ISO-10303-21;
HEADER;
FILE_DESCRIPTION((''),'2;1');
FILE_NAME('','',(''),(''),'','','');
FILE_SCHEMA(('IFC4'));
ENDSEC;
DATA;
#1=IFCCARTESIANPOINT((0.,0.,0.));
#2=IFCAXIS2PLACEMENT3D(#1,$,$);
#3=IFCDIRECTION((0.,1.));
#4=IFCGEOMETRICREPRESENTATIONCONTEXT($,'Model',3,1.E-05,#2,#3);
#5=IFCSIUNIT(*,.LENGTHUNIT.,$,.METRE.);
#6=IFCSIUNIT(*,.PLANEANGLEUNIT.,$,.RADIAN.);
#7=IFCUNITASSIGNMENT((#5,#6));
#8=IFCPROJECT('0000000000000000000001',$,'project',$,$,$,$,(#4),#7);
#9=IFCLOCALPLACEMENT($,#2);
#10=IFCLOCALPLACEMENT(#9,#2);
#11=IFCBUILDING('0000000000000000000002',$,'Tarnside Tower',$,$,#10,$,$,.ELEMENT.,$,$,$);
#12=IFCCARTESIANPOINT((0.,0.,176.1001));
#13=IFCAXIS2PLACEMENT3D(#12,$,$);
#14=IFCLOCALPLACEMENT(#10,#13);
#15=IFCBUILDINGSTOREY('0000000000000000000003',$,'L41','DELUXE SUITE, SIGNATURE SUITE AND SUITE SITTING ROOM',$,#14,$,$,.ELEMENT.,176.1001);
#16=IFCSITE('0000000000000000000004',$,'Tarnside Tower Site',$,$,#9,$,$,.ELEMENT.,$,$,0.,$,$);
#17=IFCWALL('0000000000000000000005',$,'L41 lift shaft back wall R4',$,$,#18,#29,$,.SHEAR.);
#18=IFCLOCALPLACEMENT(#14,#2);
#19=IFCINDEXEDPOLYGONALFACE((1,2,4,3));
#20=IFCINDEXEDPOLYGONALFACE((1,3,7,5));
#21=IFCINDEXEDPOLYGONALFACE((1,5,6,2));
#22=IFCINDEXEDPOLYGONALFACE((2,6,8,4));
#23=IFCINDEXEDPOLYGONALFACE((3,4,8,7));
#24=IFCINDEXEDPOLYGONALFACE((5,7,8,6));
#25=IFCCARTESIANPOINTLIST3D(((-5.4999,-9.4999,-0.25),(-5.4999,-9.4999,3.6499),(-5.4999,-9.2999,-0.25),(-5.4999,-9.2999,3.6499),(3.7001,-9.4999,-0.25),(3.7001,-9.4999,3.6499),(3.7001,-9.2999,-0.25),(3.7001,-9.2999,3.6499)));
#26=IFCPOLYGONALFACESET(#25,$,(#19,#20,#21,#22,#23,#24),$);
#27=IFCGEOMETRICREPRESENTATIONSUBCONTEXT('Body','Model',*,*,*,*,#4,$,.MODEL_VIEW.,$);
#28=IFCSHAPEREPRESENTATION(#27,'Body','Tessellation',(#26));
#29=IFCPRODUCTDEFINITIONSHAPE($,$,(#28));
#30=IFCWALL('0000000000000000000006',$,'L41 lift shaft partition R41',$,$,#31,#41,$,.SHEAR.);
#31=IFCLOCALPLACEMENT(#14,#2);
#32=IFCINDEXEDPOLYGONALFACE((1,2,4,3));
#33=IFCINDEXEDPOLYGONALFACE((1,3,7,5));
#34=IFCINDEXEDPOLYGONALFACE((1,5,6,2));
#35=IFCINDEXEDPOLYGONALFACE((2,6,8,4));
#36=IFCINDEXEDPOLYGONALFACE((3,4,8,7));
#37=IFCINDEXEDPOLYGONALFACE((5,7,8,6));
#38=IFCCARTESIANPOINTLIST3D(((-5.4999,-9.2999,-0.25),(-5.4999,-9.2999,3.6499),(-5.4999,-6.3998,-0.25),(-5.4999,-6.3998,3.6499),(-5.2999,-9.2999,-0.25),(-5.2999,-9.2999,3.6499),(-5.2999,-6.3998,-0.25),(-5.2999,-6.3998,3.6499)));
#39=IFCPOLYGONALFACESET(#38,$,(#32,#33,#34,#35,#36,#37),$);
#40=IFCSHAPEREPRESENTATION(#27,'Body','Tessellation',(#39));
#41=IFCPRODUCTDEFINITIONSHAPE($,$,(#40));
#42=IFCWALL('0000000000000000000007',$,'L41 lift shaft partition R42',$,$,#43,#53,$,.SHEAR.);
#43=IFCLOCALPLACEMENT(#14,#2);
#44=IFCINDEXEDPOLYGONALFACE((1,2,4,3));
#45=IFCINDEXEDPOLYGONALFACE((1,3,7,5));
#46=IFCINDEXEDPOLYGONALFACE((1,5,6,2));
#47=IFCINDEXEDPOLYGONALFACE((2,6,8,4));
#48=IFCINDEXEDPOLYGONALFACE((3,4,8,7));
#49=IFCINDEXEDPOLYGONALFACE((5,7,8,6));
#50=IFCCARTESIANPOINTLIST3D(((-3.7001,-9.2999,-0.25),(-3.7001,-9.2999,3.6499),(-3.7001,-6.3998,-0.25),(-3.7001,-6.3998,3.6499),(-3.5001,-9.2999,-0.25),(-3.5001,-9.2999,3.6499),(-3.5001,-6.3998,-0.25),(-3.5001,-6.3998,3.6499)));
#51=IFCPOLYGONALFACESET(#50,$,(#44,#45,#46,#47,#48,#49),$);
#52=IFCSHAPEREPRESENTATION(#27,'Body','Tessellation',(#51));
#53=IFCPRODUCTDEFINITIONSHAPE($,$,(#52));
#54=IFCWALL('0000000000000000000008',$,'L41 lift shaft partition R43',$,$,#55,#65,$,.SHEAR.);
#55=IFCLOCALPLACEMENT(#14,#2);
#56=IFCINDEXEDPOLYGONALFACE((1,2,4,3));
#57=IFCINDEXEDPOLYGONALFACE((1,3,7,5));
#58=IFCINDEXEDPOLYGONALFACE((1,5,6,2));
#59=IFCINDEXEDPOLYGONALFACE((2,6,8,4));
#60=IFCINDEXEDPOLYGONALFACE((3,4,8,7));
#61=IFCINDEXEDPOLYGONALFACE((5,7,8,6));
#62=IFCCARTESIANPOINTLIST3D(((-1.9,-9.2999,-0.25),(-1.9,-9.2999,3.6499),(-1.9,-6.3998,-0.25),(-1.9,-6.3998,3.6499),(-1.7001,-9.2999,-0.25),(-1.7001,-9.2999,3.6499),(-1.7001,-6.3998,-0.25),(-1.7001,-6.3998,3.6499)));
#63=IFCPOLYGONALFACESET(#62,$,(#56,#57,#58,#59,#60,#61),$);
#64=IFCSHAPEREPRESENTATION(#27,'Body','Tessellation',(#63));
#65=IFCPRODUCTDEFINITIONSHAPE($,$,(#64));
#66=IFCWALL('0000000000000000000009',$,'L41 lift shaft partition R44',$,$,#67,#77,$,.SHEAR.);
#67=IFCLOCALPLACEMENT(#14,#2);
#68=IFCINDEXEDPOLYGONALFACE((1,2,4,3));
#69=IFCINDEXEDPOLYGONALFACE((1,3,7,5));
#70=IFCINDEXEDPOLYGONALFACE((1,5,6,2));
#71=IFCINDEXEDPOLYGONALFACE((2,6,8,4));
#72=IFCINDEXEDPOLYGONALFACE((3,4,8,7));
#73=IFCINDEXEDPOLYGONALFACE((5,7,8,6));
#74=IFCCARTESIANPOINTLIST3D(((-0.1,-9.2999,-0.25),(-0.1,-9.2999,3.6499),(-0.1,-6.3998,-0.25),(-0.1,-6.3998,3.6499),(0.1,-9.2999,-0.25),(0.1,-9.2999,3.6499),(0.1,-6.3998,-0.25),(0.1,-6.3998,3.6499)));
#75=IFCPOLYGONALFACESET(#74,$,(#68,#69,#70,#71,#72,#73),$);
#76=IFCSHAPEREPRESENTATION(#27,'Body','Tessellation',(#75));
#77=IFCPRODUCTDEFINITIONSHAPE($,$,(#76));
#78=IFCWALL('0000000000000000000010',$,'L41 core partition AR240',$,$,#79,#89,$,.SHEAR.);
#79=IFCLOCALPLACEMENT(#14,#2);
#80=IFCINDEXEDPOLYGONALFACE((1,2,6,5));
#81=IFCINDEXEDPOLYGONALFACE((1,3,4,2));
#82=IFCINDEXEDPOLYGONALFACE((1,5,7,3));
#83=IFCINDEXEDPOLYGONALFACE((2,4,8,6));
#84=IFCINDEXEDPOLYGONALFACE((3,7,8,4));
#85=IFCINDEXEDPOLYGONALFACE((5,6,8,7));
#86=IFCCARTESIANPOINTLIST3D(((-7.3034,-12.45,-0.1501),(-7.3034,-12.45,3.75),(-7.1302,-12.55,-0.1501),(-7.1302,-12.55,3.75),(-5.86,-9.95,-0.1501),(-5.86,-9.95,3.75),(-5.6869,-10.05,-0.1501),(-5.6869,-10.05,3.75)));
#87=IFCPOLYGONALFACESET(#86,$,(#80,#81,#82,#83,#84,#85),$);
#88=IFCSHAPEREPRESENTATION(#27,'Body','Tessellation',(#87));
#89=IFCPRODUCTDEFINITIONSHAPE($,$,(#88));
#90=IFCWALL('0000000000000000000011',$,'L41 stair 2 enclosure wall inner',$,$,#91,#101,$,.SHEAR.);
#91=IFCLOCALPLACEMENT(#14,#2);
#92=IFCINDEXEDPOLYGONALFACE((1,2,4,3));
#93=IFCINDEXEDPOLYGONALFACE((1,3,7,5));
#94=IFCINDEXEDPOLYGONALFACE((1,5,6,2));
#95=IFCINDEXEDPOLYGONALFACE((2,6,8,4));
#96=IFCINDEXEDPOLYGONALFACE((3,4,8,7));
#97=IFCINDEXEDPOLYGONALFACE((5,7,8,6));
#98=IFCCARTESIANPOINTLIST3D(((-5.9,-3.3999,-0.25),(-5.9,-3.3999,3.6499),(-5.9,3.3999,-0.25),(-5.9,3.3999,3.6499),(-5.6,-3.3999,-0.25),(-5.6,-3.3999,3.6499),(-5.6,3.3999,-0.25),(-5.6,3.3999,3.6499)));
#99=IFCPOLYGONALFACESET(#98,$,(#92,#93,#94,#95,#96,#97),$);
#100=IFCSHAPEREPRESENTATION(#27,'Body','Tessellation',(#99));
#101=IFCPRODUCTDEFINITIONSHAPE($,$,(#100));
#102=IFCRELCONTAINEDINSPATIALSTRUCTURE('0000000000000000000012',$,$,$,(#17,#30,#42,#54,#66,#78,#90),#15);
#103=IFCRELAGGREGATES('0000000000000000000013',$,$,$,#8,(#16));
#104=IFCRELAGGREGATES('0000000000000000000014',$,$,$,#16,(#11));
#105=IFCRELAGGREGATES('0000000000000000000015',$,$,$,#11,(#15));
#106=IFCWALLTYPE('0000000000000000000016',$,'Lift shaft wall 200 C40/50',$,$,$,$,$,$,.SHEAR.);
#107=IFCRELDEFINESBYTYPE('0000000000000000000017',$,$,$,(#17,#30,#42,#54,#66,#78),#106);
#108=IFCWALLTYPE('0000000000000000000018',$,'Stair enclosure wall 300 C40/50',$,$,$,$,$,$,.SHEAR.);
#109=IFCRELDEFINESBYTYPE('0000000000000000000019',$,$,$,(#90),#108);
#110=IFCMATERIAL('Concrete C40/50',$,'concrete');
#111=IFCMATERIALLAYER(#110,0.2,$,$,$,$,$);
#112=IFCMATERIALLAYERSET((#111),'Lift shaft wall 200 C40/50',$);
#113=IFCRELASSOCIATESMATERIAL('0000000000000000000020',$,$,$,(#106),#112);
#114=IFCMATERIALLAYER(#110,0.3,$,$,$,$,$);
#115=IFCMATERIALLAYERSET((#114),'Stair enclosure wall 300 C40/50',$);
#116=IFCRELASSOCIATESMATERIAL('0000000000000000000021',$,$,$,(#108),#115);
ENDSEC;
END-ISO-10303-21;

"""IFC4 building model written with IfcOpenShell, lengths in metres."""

from ifc_helpers import new_model, si_unit, direction, frame, frame_2d, origin, place, context, subcontext, project, spatial, rectangle, extrude, material, layer, layer_set, type_object, element, save


model = new_model("IFC4")

# Units and contexts
model_context = context("Model", 3, precision=1e-05, world=origin(), true_north=direction((0.0, 1.0)))
body_context = subcontext(model_context, "Body", "Model", "MODEL_VIEW")
ifc_project = project(units=[si_unit("LENGTHUNIT", "METRE"), si_unit("PLANEANGLEUNIT", "RADIAN")], contexts=[model_context])

# Site, building, storey
site_placement = place(None, origin())
site = spatial("IfcSite", under=ifc_project, at=site_placement, Name="Tarnside Tower Site", CompositionType="ELEMENT", RefElevation=0.0)
building_placement = place(site_placement, origin())
building = spatial("IfcBuilding", under=site, at=building_placement, Name="Tarnside Tower", CompositionType="ELEMENT")
storey_placement = place(building_placement, frame((0.0, 0.0, 176.1001)))
storey = spatial("IfcBuildingStorey", under=building, at=storey_placement, Name="L41", Description="DELUXE SUITE, SIGNATURE SUITE AND SUITE SITTING ROOM", CompositionType="ELEMENT", Elevation=176.1001)

# Shared definitions
ifc_material_1 = material(Name="Concrete C40/50", Category="concrete")

# Shared definitions
ifc_layer_1 = layer(ifc_material_1, 0.2)
ifc_layer_set_1 = layer_set([ifc_layer_1], Name="Lift shaft wall 200 C40/50")
wall_type_1 = type_object("IfcWallType", Name="Lift shaft wall 200 C40/50", PredefinedType="SHEAR", material=ifc_layer_set_1)

# Walls
wall_1_placement = place(storey_placement, frame((-5.5, -9.3999, -0.25), z_axis=(0.0, 0.0, 1.0), x_axis=(1.0, 0.0, 0.0)))
element("IfcWall", 1, at=wall_1_placement, inside=storey, type_object=wall_type_1, Name="L41 lift shaft back wall R4", PredefinedType="SHEAR", context=body_context, shape_type="SweptSolid", body=[
    extrude(rectangle(XDim=9.2, YDim=0.2, at=frame_2d((4.6001, 0.0))), origin(), (0.0, 0.0, 1.0), 3.8999),
])
for number, where, z_axis, x_axis, name in (
    (2, (-5.3999, -9.3, -0.25), (0.0, 0.0, 1.0), (0.0, 1.0, 0.0), "L41 lift shaft partition R41"),
    (3, (-3.6001, -9.3, -0.25), (0.0, 0.0, 1.0), (0.0, 1.0, 0.0), "L41 lift shaft partition R42"),
    (4, (-1.8, -9.3, -0.25), (0.0, 0.0, 1.0), (0.0, 1.0, 0.0), "L41 lift shaft partition R43"),
    (5, (0.0, -9.3, -0.25), (0.0, 0.0, 1.0), (0.0, 1.0, 0.0), "L41 lift shaft partition R44"),
):
    element("IfcWall", number, at=place(storey_placement, frame(where, z_axis=z_axis, x_axis=x_axis)), inside=storey, type_object=wall_type_1, Name=name, PredefinedType="SHEAR", context=body_context, shape_type="SweptSolid", body=[
        extrude(rectangle(XDim=2.9001, YDim=0.2, at=frame_2d((1.4502, 0.0))), origin(), (0.0, 0.0, 1.0), 3.8999),
    ])
wall_2_placement = place(storey_placement, frame((-5.7734, -10.0, -0.1501), z_axis=(0.0, 0.0, 1.0), x_axis=(-0.499996, -0.866028, 0.0)))
element("IfcWall", 6, at=wall_2_placement, inside=storey, type_object=wall_type_1, Name="L41 core partition AR240", PredefinedType="SHEAR", context=body_context, shape_type="SweptSolid", body=[
    extrude(rectangle(XDim=2.8867, YDim=0.2, at=frame_2d((1.4434, 0.0))), origin(), (0.0, 0.0, 1.0), 3.9001),
])
ifc_layer_2 = layer(ifc_material_1, 0.3)
ifc_layer_set_2 = layer_set([ifc_layer_2], Name="Stair enclosure wall 300 C40/50")
wall_type_2 = type_object("IfcWallType", Name="Stair enclosure wall 300 C40/50", PredefinedType="SHEAR", material=ifc_layer_set_2)
wall_3_placement = place(storey_placement, frame((-5.75, -3.3999, -0.25), z_axis=(0.0, 0.0, 1.0), x_axis=(0.0, 1.0, 0.0)))
element("IfcWall", 7, at=wall_3_placement, inside=storey, type_object=wall_type_2, Name="L41 stair 2 enclosure wall inner", PredefinedType="SHEAR", context=body_context, shape_type="SweptSolid", body=[
    extrude(rectangle(XDim=6.7998, YDim=0.3, at=frame_2d((3.3999, 0.0))), origin(), (0.0, 0.0, 1.0), 3.8999),
])

save(model, "model.ifc")
